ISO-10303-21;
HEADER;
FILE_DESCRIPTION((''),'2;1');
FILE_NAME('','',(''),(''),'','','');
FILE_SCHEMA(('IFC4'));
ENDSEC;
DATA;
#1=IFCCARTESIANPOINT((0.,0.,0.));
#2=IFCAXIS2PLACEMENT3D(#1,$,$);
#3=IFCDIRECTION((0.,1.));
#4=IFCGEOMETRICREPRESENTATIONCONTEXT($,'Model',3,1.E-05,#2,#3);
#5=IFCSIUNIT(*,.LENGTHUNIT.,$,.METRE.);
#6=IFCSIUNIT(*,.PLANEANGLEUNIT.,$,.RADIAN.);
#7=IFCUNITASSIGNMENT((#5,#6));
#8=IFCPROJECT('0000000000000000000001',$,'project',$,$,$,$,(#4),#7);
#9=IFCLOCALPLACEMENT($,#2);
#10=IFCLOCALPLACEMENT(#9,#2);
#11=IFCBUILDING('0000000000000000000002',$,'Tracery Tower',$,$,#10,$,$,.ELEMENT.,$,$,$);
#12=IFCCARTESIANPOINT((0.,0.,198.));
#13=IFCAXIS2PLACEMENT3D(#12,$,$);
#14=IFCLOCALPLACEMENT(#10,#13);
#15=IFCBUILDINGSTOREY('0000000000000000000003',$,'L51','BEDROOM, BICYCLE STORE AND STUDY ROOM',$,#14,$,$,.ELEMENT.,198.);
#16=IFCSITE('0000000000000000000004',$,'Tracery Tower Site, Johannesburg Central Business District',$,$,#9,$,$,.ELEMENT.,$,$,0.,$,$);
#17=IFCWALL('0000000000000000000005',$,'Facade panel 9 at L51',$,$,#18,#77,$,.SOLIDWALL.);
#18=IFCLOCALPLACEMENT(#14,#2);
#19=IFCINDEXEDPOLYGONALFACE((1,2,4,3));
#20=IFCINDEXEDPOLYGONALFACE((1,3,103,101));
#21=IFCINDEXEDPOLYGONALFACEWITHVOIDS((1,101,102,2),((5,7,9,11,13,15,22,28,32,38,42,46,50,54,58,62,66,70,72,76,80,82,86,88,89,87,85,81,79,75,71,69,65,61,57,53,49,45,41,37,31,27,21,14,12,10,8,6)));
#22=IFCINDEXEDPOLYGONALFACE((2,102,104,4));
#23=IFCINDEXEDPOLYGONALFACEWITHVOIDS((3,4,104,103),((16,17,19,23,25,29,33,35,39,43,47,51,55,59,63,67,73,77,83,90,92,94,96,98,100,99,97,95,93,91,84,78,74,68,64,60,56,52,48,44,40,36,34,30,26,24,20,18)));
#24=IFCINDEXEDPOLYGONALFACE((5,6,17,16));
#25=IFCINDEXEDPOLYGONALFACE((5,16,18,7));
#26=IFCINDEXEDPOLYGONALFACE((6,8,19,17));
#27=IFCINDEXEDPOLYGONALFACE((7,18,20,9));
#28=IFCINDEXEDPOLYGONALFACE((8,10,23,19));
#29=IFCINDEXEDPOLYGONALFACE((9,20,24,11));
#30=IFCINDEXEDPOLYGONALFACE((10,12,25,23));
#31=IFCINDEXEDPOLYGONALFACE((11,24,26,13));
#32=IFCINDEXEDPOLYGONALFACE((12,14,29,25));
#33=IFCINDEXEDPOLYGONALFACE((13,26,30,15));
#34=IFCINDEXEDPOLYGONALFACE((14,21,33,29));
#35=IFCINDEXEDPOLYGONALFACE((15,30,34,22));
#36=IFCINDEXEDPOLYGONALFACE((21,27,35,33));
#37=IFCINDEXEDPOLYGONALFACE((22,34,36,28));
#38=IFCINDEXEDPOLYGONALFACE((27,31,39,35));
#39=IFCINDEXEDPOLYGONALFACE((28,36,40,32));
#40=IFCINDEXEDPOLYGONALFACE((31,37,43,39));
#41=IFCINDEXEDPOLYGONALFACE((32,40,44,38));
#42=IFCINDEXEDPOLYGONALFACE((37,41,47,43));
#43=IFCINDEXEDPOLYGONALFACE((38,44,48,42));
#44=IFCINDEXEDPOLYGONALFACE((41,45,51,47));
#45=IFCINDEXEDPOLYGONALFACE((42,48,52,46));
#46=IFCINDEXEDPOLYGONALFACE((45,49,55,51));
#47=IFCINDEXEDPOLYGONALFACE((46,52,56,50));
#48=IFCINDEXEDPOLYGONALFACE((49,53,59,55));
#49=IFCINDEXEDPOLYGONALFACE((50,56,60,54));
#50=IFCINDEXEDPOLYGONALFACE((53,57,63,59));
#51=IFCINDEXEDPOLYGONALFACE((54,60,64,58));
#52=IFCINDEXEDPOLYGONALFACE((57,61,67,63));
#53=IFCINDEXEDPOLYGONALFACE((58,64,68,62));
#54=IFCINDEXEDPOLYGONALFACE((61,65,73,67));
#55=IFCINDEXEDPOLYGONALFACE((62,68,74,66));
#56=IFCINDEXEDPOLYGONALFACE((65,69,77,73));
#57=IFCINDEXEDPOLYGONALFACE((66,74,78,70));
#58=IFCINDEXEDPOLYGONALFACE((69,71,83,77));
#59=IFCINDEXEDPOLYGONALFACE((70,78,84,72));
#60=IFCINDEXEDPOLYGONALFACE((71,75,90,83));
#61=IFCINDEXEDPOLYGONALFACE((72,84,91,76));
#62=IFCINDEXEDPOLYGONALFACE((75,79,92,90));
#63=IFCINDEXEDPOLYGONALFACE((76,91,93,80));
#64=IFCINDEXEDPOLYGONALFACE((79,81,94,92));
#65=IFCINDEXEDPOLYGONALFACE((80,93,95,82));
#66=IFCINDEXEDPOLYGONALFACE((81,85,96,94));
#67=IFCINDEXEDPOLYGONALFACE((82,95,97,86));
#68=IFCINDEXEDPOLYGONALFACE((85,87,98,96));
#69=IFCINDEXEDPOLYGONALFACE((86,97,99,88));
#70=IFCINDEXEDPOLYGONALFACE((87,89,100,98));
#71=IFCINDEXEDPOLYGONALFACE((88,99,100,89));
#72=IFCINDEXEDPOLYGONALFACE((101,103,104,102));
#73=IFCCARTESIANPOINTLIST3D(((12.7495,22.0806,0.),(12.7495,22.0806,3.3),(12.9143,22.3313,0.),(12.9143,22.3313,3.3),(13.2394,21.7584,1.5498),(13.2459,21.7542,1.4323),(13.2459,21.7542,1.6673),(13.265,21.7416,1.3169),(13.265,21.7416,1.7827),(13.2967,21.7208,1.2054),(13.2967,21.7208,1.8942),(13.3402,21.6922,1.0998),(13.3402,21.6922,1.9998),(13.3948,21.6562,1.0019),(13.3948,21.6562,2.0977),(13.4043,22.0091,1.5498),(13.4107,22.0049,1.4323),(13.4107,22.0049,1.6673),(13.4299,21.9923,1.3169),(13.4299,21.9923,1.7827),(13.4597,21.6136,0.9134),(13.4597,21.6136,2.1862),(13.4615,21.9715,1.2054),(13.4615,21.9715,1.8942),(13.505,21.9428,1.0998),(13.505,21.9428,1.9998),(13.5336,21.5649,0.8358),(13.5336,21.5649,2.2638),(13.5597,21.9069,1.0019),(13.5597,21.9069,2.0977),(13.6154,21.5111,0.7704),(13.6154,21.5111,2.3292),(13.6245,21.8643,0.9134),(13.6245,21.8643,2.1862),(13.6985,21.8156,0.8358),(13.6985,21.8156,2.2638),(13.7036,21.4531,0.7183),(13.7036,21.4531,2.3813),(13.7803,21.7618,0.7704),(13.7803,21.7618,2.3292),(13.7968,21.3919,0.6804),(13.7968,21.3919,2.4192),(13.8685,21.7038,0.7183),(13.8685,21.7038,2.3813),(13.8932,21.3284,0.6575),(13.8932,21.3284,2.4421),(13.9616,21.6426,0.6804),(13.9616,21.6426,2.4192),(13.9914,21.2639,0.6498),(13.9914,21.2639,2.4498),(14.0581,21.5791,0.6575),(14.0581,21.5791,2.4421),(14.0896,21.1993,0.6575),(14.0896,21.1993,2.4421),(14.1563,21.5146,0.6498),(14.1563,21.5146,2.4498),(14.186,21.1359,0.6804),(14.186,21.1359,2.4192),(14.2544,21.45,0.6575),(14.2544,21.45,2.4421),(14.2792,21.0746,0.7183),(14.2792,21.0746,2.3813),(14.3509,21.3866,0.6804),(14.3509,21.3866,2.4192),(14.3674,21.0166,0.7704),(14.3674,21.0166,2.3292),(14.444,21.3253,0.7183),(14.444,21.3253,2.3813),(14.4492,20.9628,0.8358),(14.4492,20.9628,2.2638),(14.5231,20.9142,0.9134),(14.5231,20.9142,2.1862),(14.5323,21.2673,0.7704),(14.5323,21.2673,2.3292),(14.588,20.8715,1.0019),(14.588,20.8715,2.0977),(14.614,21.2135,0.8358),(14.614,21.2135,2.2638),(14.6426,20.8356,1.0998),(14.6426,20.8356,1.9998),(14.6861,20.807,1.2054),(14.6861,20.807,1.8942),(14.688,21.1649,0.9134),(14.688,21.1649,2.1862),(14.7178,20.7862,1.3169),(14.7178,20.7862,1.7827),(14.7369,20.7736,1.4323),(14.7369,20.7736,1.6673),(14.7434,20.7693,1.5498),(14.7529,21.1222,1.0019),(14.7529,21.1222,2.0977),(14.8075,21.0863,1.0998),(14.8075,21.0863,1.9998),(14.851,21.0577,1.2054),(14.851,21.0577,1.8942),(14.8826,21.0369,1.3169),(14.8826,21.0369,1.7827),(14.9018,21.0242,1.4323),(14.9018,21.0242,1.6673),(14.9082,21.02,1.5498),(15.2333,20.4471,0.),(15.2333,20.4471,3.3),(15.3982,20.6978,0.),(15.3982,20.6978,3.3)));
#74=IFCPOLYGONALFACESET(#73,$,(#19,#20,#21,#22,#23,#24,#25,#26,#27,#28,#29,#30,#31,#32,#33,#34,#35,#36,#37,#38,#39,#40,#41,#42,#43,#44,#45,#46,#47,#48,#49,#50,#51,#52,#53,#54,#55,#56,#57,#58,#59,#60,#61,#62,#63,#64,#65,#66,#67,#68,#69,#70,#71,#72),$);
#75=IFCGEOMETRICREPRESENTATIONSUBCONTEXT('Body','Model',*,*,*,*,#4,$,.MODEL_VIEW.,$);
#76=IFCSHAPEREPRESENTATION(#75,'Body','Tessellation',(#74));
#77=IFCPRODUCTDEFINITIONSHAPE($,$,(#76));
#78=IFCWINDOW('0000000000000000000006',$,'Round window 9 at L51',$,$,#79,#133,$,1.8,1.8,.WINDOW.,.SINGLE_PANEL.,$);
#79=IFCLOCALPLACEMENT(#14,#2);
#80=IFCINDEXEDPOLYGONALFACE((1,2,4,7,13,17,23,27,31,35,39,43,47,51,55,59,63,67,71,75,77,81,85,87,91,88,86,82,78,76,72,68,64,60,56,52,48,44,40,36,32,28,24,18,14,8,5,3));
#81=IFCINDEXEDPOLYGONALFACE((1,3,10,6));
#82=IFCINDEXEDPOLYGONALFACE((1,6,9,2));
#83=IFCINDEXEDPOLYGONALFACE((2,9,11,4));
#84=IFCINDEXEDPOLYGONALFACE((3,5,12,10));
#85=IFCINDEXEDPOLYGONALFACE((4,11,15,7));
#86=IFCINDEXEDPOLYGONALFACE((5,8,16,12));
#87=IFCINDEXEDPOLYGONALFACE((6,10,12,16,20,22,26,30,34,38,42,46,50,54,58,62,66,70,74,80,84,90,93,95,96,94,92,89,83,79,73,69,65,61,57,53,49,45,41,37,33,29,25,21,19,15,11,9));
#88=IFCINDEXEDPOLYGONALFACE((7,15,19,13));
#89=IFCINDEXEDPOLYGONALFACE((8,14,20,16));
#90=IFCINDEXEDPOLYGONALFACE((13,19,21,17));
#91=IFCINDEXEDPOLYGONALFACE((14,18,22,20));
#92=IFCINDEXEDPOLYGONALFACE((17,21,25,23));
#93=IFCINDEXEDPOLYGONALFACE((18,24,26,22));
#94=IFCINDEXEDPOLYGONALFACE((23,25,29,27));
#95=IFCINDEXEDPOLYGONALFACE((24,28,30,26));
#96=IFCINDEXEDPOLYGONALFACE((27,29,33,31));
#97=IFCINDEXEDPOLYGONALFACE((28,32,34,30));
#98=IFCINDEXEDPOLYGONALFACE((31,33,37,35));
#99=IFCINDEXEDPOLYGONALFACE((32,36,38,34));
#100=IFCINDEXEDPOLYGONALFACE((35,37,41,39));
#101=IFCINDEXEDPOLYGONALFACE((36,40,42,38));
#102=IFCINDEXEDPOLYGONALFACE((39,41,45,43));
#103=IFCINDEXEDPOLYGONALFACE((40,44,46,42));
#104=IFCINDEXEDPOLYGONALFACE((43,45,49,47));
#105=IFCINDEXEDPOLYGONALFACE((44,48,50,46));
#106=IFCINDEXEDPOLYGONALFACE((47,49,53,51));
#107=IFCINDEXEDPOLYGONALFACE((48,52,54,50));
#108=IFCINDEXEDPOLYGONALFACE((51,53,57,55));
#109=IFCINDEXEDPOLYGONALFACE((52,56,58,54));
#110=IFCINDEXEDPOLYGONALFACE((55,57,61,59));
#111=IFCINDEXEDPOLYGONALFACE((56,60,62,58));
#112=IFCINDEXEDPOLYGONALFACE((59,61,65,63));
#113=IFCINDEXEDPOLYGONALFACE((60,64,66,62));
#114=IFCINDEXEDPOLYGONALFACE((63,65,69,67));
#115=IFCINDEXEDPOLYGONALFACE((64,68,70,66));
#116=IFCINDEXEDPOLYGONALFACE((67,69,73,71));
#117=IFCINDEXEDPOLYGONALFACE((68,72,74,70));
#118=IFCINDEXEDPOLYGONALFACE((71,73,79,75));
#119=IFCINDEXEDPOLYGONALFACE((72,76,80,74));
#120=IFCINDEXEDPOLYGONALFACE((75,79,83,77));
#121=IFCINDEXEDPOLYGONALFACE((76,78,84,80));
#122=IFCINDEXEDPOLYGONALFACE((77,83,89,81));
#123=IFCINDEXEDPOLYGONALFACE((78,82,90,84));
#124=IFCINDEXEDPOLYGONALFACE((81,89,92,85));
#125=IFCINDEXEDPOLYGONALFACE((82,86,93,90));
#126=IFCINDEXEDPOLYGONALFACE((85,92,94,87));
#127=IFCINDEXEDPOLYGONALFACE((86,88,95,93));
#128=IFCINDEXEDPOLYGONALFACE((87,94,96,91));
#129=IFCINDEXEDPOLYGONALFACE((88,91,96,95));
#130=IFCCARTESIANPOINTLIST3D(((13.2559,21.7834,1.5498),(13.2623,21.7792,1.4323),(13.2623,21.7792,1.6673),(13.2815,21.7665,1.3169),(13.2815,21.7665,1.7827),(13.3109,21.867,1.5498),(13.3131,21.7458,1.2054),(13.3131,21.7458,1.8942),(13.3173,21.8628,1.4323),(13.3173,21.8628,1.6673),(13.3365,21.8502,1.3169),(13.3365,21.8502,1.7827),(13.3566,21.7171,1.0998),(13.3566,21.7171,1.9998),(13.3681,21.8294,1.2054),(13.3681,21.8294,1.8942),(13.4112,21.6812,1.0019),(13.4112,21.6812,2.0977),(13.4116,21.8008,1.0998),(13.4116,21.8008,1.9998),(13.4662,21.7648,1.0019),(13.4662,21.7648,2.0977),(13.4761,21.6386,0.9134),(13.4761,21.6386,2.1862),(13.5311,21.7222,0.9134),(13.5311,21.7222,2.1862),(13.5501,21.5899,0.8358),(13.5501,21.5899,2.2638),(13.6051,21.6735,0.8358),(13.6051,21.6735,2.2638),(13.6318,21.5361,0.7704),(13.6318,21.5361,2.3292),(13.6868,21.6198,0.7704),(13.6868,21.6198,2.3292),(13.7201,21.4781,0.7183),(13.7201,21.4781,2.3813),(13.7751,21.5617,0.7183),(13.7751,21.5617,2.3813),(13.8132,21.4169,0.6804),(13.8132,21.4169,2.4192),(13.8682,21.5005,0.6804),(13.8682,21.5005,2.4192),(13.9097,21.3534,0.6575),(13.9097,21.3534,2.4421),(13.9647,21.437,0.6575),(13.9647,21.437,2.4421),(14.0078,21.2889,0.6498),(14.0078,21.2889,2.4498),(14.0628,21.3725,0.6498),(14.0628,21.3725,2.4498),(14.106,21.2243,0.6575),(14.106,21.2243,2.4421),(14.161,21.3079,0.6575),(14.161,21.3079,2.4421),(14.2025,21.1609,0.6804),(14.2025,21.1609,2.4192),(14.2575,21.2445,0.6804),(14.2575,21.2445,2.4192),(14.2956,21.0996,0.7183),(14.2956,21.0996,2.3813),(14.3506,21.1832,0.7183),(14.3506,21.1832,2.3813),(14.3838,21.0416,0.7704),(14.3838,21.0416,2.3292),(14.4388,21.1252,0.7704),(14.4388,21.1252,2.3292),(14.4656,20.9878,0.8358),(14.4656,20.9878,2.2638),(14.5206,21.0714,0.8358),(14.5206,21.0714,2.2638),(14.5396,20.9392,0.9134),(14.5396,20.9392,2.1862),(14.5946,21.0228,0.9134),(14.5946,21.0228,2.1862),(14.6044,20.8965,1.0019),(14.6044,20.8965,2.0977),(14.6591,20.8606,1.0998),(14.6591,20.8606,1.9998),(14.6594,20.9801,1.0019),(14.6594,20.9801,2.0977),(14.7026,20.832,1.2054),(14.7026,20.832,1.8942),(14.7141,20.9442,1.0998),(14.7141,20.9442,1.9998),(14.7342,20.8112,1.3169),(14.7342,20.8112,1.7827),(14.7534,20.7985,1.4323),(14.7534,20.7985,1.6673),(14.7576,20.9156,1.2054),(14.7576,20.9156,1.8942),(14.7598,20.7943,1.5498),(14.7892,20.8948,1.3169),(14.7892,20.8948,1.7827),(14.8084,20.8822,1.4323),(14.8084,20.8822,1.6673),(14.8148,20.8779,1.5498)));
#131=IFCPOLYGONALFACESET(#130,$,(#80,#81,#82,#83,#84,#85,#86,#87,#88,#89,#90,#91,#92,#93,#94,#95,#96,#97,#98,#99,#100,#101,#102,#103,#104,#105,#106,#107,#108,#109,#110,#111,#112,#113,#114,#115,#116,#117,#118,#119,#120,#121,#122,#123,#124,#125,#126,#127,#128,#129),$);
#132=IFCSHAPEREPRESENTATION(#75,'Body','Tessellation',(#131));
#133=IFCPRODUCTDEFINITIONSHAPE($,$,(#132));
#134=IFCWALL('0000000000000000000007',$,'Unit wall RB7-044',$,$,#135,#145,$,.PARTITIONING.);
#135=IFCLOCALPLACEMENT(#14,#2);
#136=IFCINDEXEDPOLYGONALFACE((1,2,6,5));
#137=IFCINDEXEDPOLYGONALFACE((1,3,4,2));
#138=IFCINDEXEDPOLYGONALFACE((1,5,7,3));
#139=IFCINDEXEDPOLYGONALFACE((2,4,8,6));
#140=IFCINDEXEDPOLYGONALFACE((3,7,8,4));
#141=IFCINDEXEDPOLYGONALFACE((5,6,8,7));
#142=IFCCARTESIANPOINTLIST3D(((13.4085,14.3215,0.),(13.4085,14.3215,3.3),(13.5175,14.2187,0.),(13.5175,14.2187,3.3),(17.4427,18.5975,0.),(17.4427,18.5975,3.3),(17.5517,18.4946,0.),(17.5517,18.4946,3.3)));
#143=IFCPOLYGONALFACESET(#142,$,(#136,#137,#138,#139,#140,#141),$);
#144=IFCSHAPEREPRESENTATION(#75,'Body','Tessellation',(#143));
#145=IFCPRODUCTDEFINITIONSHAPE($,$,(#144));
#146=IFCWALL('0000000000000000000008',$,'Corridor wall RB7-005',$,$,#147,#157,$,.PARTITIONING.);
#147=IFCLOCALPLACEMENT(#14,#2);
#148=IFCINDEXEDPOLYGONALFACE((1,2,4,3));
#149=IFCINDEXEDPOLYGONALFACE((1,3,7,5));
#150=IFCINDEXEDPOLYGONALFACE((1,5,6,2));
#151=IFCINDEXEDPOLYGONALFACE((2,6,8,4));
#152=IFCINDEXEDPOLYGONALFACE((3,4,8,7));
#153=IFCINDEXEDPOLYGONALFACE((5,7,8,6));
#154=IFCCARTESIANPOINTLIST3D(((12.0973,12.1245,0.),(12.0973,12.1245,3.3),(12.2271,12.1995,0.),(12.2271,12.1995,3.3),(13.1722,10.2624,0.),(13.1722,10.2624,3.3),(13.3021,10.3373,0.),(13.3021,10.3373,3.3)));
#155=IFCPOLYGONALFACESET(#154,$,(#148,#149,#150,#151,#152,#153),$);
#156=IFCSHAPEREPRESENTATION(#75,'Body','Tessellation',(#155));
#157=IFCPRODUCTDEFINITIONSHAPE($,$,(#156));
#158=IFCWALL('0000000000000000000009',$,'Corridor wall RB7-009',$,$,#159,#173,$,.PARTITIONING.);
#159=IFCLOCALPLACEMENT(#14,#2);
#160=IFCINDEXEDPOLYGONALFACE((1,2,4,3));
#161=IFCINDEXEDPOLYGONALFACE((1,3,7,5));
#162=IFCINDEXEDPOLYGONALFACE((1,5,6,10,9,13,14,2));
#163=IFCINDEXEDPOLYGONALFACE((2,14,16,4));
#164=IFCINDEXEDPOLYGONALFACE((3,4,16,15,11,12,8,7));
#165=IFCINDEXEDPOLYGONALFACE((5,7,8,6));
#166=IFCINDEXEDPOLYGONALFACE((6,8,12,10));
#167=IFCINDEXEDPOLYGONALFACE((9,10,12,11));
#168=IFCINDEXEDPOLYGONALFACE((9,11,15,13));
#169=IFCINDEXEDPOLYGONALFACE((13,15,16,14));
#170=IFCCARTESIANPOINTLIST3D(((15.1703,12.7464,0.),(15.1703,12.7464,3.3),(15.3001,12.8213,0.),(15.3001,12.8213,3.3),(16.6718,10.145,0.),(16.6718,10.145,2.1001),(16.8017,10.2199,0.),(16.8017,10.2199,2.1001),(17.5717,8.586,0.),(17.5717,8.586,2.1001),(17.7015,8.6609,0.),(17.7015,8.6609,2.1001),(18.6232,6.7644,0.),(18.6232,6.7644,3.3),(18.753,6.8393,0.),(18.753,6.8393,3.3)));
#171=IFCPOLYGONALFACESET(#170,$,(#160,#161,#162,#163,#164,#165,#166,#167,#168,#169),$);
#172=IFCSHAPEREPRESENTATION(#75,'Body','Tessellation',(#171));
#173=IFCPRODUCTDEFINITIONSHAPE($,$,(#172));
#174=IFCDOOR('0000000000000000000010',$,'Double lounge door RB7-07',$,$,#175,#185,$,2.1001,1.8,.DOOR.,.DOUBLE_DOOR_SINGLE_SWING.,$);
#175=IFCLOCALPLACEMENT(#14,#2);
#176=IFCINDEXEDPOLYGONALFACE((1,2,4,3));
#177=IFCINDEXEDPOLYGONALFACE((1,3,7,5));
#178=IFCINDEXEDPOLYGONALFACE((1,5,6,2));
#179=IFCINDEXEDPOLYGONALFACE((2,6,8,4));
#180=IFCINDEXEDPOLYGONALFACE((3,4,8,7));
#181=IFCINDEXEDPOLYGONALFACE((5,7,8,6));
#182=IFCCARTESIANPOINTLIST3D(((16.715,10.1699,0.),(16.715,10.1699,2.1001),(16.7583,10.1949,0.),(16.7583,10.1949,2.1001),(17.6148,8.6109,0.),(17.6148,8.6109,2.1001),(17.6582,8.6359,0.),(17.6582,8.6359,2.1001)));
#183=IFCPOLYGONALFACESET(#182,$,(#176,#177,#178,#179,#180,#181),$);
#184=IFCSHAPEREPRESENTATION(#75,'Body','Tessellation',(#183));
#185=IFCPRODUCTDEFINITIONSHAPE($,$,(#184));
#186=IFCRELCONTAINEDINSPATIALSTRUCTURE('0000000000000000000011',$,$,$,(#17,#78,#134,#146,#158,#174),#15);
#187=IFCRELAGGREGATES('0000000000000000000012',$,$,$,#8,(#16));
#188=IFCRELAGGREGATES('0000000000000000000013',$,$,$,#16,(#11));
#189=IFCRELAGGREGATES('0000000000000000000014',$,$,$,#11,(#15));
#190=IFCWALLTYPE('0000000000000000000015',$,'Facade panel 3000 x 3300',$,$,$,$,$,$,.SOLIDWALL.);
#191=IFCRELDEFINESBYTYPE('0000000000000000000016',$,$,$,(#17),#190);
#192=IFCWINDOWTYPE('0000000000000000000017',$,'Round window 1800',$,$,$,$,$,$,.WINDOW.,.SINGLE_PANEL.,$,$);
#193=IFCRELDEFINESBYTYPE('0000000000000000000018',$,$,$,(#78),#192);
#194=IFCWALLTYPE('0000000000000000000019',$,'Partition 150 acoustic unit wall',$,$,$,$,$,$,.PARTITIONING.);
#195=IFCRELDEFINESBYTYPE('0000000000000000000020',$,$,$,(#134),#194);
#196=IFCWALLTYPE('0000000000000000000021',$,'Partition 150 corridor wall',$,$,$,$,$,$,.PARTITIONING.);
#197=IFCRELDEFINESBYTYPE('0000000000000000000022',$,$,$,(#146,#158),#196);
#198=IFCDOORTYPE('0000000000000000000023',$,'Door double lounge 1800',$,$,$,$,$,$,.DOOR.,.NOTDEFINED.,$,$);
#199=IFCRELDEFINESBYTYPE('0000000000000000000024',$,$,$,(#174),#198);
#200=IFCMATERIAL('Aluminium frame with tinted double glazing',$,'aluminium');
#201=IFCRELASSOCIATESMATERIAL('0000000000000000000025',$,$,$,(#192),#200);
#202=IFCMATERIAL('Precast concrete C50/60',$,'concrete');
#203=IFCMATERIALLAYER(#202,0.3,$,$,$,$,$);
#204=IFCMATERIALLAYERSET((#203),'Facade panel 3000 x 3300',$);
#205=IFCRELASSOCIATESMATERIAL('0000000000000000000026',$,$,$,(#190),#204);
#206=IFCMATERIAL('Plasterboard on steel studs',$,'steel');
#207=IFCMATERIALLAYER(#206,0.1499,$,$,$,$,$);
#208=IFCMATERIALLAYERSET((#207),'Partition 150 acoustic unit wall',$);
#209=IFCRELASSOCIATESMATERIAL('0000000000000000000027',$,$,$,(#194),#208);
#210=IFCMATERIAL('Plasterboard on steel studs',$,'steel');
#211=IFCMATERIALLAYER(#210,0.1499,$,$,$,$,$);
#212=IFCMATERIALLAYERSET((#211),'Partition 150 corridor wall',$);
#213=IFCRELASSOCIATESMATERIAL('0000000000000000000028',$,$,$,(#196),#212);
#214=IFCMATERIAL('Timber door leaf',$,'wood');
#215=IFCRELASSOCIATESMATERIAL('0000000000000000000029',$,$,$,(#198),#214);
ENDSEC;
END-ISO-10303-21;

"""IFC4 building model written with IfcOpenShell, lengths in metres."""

from ifc_helpers import new_model, si_unit, direction, frame, frame_2d, origin, origin_2d, place, context, subcontext, project, spatial, rectangle, circle, extrude, material, layer, layer_set, type_object, element, fill, save


model = new_model("IFC4")

# Units and contexts
model_context = context("Model", 3, precision=1e-05, world=origin(), true_north=direction((0.0, 1.0)))
body_context = subcontext(model_context, "Body", "Model", "MODEL_VIEW")
ifc_project = project(units=[si_unit("LENGTHUNIT", "METRE"), si_unit("PLANEANGLEUNIT", "RADIAN")], contexts=[model_context])

# Site, building, storey
site_placement = place(None, origin())
site = spatial("IfcSite", under=ifc_project, at=site_placement, Name="Tracery Tower Site, Johannesburg Central Business District", CompositionType="ELEMENT", RefElevation=0.0)
building_placement = place(site_placement, origin())
building = spatial("IfcBuilding", under=site, at=building_placement, Name="Tracery Tower", CompositionType="ELEMENT")
storey_placement = place(building_placement, frame((0.0, 0.0, 198.0)))
storey = spatial("IfcBuildingStorey", under=building, at=storey_placement, Name="L51", Description="BEDROOM, BICYCLE STORE AND STUDY ROOM", CompositionType="ELEMENT", Elevation=198.0)

# Wall, opening, window
ifc_material_1 = material(Name="Aluminium frame with tinted double glazing", Category="aluminium")
window_type = type_object("IfcWindowType", Name="Round window 1800", PartitioningType="SINGLE_PANEL", PredefinedType="WINDOW", material=ifc_material_1)
ifc_material_2 = material(Name="Precast concrete C50/60", Category="concrete")
ifc_layer_1 = layer(ifc_material_2, 0.3)
ifc_layer_set_1 = layer_set([ifc_layer_1], Name="Facade panel 3000 x 3300")
wall_type_1 = type_object("IfcWallType", Name="Facade panel 3000 x 3300", PredefinedType="SOLIDWALL", material=ifc_layer_set_1)
wall_1_placement = place(storey_placement, frame((15.3157, 20.5725, 0.0), z_axis=(0.0, 0.0, 1.0), x_axis=(-0.835508, 0.549478, 0.0)))
wall_1 = element("IfcWall", 1, at=wall_1_placement, inside=storey, type_object=wall_type_1, Name="Facade panel 9 at L51", PredefinedType="SOLIDWALL", context=body_context, shape_type="SweptSolid", body=[
    extrude(rectangle(XDim=2.9729, YDim=0.3, at=frame_2d((1.4863, 0.0))), origin(), (0.0, 0.0, 1.0), 3.3),
])
opening_1_placement = place(wall_1_placement, frame((1.4863, 0.0, 1.5498)))
opening_1 = element("IfcOpeningElement", 2, at=opening_1_placement, cuts=wall_1, PredefinedType="OPENING", context=body_context, shape_type="SweptSolid", body=[
    extrude(circle(Radius=0.9, at=origin_2d()), frame((0.0, 0.1599, 0.0), z_axis=(0.0, -1.0, 0.0), x_axis=(1.0, 0.0, 0.0)), (0.0, 0.0, 1.0), 0.3201),
])
window_1_placement = place(opening_1_placement, origin())
window_1 = element("IfcWindow", 3, at=window_1_placement, inside=storey, type_object=window_type, Name="Round window 9 at L51", OverallHeight=1.8, OverallWidth=1.8, PartitioningType="SINGLE_PANEL", PredefinedType="WINDOW", context=body_context, shape_type="SweptSolid", body=[
    extrude(circle(Radius=0.9, at=origin_2d()), frame((0.0, 0.1201, 0.0), z_axis=(0.0, -1.0, 0.0), x_axis=(1.0, 0.0, 0.0)), (0.0, 0.0, 1.0), 0.1001),
])
fill(opening_1, window_1)

# Walls
ifc_material_3 = material(Name="Plasterboard on steel studs", Category="steel")
ifc_layer_2 = layer(ifc_material_3, 0.1499)
ifc_layer_set_2 = layer_set([ifc_layer_2], Name="Partition 150 acoustic unit wall")
wall_type_2 = type_object("IfcWallType", Name="Partition 150 acoustic unit wall", PredefinedType="PARTITIONING", material=ifc_layer_set_2)
wall_2_placement = place(storey_placement, frame((13.4629, 14.27, 0.0), z_axis=(0.0, 0.0, 1.0), x_axis=(0.68625, 0.727365, 0.0)))
element("IfcWall", 4, at=wall_2_placement, inside=storey, type_object=wall_type_2, Name="Unit wall RB7-044", PredefinedType="PARTITIONING", context=body_context, shape_type="SweptSolid", body=[
    extrude(rectangle(XDim=5.8787, YDim=0.1499, at=frame_2d((2.9395, 0.0))), origin(), (0.0, 0.0, 1.0), 3.3),
])
ifc_material_4 = material(Name="Plasterboard on steel studs", Category="steel")
ifc_layer_3 = layer(ifc_material_4, 0.1499)
ifc_layer_set_3 = layer_set([ifc_layer_3], Name="Partition 150 corridor wall")
wall_type_3 = type_object("IfcWallType", Name="Partition 150 corridor wall", PredefinedType="PARTITIONING", material=ifc_layer_set_3)
wall_3_placement = place(storey_placement, frame((12.1621, 12.1621, 0.0), z_axis=(0.0, 0.0, 1.0), x_axis=(0.499962, -0.866048, 0.0)))
element("IfcWall", 5, at=wall_3_placement, inside=storey, type_object=wall_type_3, Name="Corridor wall RB7-005", PredefinedType="PARTITIONING", context=body_context, shape_type="SweptSolid", body=[
    extrude(rectangle(XDim=2.1501, YDim=0.1499, at=frame_2d((1.0752, 0.0))), origin(), (0.0, 0.0, 1.0), 3.3),
])

# Wall, opening, door
wall_4_placement = place(storey_placement, frame((15.2351, 12.7839, 0.0), z_axis=(0.0, 0.0, 1.0), x_axis=(0.499914, -0.866075, 0.0)))
wall_4 = element("IfcWall", 6, at=wall_4_placement, inside=storey, type_object=wall_type_3, Name="Corridor wall RB7-009", PredefinedType="PARTITIONING", context=body_context, shape_type="SweptSolid", body=[
    extrude(rectangle(XDim=6.907, YDim=0.1499, at=frame_2d((3.4536, 0.0))), origin(), (0.0, 0.0, 1.0), 3.3),
])
opening_2_placement = place(wall_4_placement, frame((3.0039, 0.0, 0.0)))
opening_2 = element("IfcOpeningElement", 7, at=opening_2_placement, cuts=wall_4, PredefinedType="OPENING", context=body_context, shape_type="SweptSolid", body=[
    extrude(rectangle(XDim=1.8, YDim=2.1001, at=frame_2d((0.8999, 1.05))), frame((0.0, 0.075, 0.0), z_axis=(0.0, -1.0, 0.0), x_axis=(1.0, 0.0, 0.0)), (0.0, 0.0, 1.0), 0.1499),
])
ifc_material_5 = material(Name="Timber door leaf", Category="wood")
door_type = type_object("IfcDoorType", Name="Door double lounge 1800", OperationType="NOTDEFINED", PredefinedType="DOOR", material=ifc_material_5)
door_placement = place(opening_2_placement, origin())
door = element("IfcDoor", 8, at=door_placement, inside=storey, type_object=door_type, Name="Double lounge door RB7-07", OperationType="DOUBLE_DOOR_SINGLE_SWING", OverallHeight=2.1001, OverallWidth=1.8, PredefinedType="DOOR", context=body_context, shape_type="SweptSolid", body=[
    extrude(rectangle(XDim=1.8, YDim=2.1001, at=frame_2d((0.8999, 1.05))), frame((0.0, 0.0249, 0.0), z_axis=(0.0, -1.0, 0.0), x_axis=(1.0, 0.0, 0.0)), (0.0, 0.0, 1.0), 0.05),
])
fill(opening_2, door)

save(model, "model.ifc")
